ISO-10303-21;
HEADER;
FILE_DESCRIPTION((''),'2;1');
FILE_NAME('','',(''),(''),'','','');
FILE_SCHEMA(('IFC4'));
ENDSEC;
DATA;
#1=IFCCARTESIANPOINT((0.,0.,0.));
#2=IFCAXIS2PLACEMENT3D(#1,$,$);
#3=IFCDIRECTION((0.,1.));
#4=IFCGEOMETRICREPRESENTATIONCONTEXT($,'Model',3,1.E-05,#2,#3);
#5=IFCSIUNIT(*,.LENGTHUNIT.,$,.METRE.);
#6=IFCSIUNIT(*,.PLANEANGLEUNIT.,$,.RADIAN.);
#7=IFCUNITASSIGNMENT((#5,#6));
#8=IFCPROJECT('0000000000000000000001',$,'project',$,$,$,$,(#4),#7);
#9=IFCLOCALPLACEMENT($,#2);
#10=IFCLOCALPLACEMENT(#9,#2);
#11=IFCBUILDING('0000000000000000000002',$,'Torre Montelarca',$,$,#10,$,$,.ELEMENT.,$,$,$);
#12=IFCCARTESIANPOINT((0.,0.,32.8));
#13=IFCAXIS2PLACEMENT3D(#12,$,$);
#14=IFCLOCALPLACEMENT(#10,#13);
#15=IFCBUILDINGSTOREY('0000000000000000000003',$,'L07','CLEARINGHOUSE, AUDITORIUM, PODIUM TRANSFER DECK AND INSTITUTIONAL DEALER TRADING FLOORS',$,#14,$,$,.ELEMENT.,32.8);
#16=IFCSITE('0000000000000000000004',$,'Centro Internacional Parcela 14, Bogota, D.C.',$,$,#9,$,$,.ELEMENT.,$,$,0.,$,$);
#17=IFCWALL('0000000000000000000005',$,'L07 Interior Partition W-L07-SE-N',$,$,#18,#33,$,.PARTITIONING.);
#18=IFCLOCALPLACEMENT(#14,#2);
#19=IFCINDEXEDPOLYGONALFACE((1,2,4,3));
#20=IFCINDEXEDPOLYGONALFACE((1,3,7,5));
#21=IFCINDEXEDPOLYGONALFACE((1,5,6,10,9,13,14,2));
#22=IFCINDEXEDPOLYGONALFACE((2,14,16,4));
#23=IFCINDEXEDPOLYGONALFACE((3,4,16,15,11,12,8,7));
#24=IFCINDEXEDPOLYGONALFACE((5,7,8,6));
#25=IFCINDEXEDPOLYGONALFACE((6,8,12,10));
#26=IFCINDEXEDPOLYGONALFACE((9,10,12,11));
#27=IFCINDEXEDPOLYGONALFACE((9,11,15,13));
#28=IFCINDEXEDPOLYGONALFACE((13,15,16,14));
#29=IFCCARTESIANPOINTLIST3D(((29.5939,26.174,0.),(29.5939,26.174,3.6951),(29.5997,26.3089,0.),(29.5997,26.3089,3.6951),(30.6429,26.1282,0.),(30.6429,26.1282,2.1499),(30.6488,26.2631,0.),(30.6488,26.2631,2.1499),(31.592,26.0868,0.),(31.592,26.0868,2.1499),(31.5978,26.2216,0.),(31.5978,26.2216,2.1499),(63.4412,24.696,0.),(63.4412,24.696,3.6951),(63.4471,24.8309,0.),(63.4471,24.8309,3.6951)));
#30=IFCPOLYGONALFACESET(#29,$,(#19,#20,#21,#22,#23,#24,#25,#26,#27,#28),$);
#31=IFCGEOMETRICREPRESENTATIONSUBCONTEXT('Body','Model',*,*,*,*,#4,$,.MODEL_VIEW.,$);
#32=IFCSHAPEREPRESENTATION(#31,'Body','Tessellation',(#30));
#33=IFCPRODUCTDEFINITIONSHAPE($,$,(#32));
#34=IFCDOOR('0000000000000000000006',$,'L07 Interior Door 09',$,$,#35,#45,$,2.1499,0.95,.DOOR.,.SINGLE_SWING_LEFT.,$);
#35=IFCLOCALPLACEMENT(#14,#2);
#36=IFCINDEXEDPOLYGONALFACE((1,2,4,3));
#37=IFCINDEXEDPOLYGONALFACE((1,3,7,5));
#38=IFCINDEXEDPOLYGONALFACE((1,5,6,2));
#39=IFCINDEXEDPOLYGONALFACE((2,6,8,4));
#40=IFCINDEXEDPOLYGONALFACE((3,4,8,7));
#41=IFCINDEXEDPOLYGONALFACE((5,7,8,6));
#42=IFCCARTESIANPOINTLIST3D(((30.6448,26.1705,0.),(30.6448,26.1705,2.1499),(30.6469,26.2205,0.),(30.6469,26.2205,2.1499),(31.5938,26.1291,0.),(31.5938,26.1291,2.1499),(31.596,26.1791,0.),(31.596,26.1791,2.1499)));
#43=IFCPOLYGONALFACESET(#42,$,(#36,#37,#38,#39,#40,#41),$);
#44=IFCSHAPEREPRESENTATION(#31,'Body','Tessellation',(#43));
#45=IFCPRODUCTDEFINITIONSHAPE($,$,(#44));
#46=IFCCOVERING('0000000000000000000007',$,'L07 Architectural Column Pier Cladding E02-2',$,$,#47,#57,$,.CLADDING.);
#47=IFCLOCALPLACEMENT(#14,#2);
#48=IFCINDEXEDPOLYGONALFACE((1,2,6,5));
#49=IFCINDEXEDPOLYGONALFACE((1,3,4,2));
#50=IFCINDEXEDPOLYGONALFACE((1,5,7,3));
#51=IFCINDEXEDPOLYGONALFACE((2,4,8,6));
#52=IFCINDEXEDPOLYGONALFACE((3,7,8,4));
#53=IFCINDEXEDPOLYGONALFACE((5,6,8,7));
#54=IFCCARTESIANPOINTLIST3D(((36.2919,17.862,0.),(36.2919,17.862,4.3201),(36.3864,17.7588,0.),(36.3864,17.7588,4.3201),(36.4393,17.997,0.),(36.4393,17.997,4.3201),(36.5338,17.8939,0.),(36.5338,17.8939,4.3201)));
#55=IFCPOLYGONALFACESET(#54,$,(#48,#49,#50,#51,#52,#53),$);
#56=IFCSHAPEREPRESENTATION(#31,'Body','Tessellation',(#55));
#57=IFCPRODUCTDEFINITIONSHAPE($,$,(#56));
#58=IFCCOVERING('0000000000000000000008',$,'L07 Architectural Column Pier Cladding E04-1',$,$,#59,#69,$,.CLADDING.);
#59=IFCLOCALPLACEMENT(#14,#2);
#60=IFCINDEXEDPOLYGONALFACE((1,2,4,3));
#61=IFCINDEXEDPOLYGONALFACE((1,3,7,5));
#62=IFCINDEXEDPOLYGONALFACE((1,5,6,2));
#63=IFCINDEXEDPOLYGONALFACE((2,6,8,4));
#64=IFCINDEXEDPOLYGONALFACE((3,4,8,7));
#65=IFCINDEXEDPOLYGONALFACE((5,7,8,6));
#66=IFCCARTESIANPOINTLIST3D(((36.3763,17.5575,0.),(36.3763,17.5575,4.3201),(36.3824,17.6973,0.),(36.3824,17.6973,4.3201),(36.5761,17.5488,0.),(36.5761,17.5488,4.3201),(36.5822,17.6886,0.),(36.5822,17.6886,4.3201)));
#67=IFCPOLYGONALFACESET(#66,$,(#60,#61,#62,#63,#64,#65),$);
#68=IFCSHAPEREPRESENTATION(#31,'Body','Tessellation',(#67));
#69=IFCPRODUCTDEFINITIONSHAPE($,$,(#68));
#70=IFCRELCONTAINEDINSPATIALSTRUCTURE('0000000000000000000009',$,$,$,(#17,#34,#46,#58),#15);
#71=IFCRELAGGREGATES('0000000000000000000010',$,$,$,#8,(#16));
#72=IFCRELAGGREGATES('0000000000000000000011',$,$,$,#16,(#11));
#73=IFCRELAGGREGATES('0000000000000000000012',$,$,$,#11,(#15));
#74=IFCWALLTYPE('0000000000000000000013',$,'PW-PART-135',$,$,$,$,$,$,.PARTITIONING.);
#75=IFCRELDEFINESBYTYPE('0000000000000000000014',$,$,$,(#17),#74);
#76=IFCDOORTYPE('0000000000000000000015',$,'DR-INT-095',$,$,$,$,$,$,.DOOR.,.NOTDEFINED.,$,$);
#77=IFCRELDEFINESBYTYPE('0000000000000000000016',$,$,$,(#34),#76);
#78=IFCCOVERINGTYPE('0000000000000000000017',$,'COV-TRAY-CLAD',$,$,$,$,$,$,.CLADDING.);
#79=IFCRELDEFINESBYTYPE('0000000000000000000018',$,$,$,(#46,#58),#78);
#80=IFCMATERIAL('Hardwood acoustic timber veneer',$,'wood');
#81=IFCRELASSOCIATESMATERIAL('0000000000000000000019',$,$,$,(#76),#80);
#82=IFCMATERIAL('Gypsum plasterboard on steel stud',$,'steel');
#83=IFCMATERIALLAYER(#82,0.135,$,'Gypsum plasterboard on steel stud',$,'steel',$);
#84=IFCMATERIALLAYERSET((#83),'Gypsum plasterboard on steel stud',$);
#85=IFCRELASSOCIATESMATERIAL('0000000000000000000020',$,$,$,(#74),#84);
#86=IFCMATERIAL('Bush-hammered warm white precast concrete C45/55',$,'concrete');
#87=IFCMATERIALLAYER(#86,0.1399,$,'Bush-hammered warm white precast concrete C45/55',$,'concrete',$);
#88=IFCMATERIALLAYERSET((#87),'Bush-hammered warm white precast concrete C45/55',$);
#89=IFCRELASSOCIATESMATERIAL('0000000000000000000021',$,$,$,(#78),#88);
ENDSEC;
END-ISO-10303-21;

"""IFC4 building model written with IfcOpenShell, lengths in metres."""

from ifc_helpers import new_model, si_unit, direction, frame, frame_2d, origin, origin_2d, place, context, subcontext, project, spatial, rectangle, extrude, source, transform, mapped, material, layer, layer_set, type_object, element, fill, save


model = new_model("IFC4")

# Units and contexts
model_context = context("Model", 3, precision=1e-05, world=origin(), true_north=direction((0.0, 1.0)))
body_context = subcontext(model_context, "Body", "Model", "MODEL_VIEW")
ifc_project = project(units=[si_unit("LENGTHUNIT", "METRE"), si_unit("PLANEANGLEUNIT", "RADIAN")], contexts=[model_context])

# Site, building, storey
site_placement = place(None, origin())
site = spatial("IfcSite", under=ifc_project, at=site_placement, Name="Centro Internacional Parcela 14, Bogota, D.C.", CompositionType="ELEMENT", RefElevation=0.0)
building_placement = place(site_placement, origin())
building = spatial("IfcBuilding", under=site, at=building_placement, Name="Torre Montelarca", CompositionType="ELEMENT")
storey_placement = place(building_placement, frame((0.0, 0.0, 32.8)))
storey = spatial("IfcBuildingStorey", under=building, at=storey_placement, Name="L07", Description="CLEARINGHOUSE, AUDITORIUM, PODIUM TRANSFER DECK AND INSTITUTIONAL DEALER TRADING FLOORS", CompositionType="ELEMENT", Elevation=32.8)

# Shared definitions
ifc_material_1 = material(Name="Gypsum plasterboard on steel stud", Category="steel")

# Shared definitions
ifc_material_2 = material(Name="Hardwood acoustic timber veneer", Category="wood")
door_type = type_object("IfcDoorType", Name="DR-INT-095", OperationType="NOTDEFINED", PredefinedType="DOOR", material=ifc_material_2)
shared_shape_1 = source(origin(), body_context, "Body", "SweptSolid", [
    extrude(rectangle(XDim=0.95, YDim=2.1499, at=frame_2d((0.4751, 1.075))), frame((0.0, 0.0249, 0.0), z_axis=(0.0, -1.0, 0.0), x_axis=(1.0, 0.0, 0.0)), (0.0, 0.0, 1.0), 0.05),
])

# Wall, opening, door
ifc_layer_1 = layer(ifc_material_1, 0.135, Name="Gypsum plasterboard on steel stud", Category="steel")
ifc_layer_set_1 = layer_set([ifc_layer_1], Name="Gypsum plasterboard on steel stud")
wall_type_1 = type_object("IfcWallType", Name="PW-PART-135", PredefinedType="PARTITIONING", material=ifc_layer_set_1)
wall_1_placement = place(storey_placement, frame((29.5967, 26.2415, 0.0), z_axis=(0.0, 0.0, 1.0), x_axis=(0.999048, -0.043626, 0.0)))
wall_1 = element("IfcWall", 1, at=wall_1_placement, inside=storey, type_object=wall_type_1, Name="L07 Interior Partition W-L07-SE-N", PredefinedType="PARTITIONING", context=body_context, shape_type="SweptSolid", body=[
    extrude(rectangle(XDim=33.8796, YDim=0.135, at=frame_2d((16.9399, 0.0))), origin(), (0.0, 0.0, 1.0), 3.6951),
])
opening_1_placement = place(wall_1_placement, frame((1.05, 0.0, 0.0)))
opening_1 = element("IfcOpeningElement", 2, at=opening_1_placement, cuts=wall_1, PredefinedType="OPENING", context=body_context, shape_type="SweptSolid", body=[
    extrude(rectangle(XDim=0.95, YDim=2.1499, at=frame_2d((0.4751, 1.075))), frame((0.0, 0.0776, 0.0), z_axis=(0.0, -1.0, 0.0), x_axis=(1.0, 0.0, 0.0)), (0.0, 0.0, 1.0), 0.155),
])
door_1_placement = place(opening_1_placement, origin())
door_1 = element("IfcDoor", 3, at=door_1_placement, inside=storey, type_object=door_type, Name="L07 Interior Door 09", OperationType="SINGLE_SWING_LEFT", OverallHeight=2.1499, OverallWidth=0.95, PredefinedType="DOOR", context=body_context, shape_type="MappedRepresentation", body=[
    mapped(shared_shape_1, transform((0.0, 0.0, 0.0), scale=1.0)),
])
fill(opening_1, door_1)

# Coverings
ifc_material_3 = material(Name="Bush-hammered warm white precast concrete C45/55", Category="concrete")
ifc_layer_2 = layer(ifc_material_3, 0.1399, Name="Bush-hammered warm white precast concrete C45/55", Category="concrete")
ifc_layer_set_2 = layer_set([ifc_layer_2], Name="Bush-hammered warm white precast concrete C45/55")
covering_type = type_object("IfcCoveringType", Name="COV-TRAY-CLAD", PredefinedType="CLADDING", material=ifc_layer_set_2)
shared_shape_2 = source(origin(), body_context, "Body", "SweptSolid", [
    extrude(rectangle(XDim=0.2, YDim=0.1399, at=origin_2d()), origin(), (0.0, 0.0, 1.0), 4.3201),
])
for number, where, z_axis, x_axis, name in (
    (4, (36.4128, 17.8779, 0.0), (0.0, 0.0, 1.0), (0.737281, 0.675586, 0.0), "L07 Architectural Column Pier Cladding E02-2"),
    (5, (36.4792, 17.623, 0.0), (0.0, 0.0, 1.0), (0.999048, -0.043621, 0.0), "L07 Architectural Column Pier Cladding E04-1"),
):
    element("IfcCovering", number, at=place(storey_placement, frame(where, z_axis=z_axis, x_axis=x_axis)), inside=storey, type_object=covering_type, Name=name, PredefinedType="CLADDING", context=body_context, shape_type="MappedRepresentation", body=[
        mapped(shared_shape_2, transform((0.0, 0.0, 0.0), scale=1.0)),
    ])

save(model, "model.ifc")
